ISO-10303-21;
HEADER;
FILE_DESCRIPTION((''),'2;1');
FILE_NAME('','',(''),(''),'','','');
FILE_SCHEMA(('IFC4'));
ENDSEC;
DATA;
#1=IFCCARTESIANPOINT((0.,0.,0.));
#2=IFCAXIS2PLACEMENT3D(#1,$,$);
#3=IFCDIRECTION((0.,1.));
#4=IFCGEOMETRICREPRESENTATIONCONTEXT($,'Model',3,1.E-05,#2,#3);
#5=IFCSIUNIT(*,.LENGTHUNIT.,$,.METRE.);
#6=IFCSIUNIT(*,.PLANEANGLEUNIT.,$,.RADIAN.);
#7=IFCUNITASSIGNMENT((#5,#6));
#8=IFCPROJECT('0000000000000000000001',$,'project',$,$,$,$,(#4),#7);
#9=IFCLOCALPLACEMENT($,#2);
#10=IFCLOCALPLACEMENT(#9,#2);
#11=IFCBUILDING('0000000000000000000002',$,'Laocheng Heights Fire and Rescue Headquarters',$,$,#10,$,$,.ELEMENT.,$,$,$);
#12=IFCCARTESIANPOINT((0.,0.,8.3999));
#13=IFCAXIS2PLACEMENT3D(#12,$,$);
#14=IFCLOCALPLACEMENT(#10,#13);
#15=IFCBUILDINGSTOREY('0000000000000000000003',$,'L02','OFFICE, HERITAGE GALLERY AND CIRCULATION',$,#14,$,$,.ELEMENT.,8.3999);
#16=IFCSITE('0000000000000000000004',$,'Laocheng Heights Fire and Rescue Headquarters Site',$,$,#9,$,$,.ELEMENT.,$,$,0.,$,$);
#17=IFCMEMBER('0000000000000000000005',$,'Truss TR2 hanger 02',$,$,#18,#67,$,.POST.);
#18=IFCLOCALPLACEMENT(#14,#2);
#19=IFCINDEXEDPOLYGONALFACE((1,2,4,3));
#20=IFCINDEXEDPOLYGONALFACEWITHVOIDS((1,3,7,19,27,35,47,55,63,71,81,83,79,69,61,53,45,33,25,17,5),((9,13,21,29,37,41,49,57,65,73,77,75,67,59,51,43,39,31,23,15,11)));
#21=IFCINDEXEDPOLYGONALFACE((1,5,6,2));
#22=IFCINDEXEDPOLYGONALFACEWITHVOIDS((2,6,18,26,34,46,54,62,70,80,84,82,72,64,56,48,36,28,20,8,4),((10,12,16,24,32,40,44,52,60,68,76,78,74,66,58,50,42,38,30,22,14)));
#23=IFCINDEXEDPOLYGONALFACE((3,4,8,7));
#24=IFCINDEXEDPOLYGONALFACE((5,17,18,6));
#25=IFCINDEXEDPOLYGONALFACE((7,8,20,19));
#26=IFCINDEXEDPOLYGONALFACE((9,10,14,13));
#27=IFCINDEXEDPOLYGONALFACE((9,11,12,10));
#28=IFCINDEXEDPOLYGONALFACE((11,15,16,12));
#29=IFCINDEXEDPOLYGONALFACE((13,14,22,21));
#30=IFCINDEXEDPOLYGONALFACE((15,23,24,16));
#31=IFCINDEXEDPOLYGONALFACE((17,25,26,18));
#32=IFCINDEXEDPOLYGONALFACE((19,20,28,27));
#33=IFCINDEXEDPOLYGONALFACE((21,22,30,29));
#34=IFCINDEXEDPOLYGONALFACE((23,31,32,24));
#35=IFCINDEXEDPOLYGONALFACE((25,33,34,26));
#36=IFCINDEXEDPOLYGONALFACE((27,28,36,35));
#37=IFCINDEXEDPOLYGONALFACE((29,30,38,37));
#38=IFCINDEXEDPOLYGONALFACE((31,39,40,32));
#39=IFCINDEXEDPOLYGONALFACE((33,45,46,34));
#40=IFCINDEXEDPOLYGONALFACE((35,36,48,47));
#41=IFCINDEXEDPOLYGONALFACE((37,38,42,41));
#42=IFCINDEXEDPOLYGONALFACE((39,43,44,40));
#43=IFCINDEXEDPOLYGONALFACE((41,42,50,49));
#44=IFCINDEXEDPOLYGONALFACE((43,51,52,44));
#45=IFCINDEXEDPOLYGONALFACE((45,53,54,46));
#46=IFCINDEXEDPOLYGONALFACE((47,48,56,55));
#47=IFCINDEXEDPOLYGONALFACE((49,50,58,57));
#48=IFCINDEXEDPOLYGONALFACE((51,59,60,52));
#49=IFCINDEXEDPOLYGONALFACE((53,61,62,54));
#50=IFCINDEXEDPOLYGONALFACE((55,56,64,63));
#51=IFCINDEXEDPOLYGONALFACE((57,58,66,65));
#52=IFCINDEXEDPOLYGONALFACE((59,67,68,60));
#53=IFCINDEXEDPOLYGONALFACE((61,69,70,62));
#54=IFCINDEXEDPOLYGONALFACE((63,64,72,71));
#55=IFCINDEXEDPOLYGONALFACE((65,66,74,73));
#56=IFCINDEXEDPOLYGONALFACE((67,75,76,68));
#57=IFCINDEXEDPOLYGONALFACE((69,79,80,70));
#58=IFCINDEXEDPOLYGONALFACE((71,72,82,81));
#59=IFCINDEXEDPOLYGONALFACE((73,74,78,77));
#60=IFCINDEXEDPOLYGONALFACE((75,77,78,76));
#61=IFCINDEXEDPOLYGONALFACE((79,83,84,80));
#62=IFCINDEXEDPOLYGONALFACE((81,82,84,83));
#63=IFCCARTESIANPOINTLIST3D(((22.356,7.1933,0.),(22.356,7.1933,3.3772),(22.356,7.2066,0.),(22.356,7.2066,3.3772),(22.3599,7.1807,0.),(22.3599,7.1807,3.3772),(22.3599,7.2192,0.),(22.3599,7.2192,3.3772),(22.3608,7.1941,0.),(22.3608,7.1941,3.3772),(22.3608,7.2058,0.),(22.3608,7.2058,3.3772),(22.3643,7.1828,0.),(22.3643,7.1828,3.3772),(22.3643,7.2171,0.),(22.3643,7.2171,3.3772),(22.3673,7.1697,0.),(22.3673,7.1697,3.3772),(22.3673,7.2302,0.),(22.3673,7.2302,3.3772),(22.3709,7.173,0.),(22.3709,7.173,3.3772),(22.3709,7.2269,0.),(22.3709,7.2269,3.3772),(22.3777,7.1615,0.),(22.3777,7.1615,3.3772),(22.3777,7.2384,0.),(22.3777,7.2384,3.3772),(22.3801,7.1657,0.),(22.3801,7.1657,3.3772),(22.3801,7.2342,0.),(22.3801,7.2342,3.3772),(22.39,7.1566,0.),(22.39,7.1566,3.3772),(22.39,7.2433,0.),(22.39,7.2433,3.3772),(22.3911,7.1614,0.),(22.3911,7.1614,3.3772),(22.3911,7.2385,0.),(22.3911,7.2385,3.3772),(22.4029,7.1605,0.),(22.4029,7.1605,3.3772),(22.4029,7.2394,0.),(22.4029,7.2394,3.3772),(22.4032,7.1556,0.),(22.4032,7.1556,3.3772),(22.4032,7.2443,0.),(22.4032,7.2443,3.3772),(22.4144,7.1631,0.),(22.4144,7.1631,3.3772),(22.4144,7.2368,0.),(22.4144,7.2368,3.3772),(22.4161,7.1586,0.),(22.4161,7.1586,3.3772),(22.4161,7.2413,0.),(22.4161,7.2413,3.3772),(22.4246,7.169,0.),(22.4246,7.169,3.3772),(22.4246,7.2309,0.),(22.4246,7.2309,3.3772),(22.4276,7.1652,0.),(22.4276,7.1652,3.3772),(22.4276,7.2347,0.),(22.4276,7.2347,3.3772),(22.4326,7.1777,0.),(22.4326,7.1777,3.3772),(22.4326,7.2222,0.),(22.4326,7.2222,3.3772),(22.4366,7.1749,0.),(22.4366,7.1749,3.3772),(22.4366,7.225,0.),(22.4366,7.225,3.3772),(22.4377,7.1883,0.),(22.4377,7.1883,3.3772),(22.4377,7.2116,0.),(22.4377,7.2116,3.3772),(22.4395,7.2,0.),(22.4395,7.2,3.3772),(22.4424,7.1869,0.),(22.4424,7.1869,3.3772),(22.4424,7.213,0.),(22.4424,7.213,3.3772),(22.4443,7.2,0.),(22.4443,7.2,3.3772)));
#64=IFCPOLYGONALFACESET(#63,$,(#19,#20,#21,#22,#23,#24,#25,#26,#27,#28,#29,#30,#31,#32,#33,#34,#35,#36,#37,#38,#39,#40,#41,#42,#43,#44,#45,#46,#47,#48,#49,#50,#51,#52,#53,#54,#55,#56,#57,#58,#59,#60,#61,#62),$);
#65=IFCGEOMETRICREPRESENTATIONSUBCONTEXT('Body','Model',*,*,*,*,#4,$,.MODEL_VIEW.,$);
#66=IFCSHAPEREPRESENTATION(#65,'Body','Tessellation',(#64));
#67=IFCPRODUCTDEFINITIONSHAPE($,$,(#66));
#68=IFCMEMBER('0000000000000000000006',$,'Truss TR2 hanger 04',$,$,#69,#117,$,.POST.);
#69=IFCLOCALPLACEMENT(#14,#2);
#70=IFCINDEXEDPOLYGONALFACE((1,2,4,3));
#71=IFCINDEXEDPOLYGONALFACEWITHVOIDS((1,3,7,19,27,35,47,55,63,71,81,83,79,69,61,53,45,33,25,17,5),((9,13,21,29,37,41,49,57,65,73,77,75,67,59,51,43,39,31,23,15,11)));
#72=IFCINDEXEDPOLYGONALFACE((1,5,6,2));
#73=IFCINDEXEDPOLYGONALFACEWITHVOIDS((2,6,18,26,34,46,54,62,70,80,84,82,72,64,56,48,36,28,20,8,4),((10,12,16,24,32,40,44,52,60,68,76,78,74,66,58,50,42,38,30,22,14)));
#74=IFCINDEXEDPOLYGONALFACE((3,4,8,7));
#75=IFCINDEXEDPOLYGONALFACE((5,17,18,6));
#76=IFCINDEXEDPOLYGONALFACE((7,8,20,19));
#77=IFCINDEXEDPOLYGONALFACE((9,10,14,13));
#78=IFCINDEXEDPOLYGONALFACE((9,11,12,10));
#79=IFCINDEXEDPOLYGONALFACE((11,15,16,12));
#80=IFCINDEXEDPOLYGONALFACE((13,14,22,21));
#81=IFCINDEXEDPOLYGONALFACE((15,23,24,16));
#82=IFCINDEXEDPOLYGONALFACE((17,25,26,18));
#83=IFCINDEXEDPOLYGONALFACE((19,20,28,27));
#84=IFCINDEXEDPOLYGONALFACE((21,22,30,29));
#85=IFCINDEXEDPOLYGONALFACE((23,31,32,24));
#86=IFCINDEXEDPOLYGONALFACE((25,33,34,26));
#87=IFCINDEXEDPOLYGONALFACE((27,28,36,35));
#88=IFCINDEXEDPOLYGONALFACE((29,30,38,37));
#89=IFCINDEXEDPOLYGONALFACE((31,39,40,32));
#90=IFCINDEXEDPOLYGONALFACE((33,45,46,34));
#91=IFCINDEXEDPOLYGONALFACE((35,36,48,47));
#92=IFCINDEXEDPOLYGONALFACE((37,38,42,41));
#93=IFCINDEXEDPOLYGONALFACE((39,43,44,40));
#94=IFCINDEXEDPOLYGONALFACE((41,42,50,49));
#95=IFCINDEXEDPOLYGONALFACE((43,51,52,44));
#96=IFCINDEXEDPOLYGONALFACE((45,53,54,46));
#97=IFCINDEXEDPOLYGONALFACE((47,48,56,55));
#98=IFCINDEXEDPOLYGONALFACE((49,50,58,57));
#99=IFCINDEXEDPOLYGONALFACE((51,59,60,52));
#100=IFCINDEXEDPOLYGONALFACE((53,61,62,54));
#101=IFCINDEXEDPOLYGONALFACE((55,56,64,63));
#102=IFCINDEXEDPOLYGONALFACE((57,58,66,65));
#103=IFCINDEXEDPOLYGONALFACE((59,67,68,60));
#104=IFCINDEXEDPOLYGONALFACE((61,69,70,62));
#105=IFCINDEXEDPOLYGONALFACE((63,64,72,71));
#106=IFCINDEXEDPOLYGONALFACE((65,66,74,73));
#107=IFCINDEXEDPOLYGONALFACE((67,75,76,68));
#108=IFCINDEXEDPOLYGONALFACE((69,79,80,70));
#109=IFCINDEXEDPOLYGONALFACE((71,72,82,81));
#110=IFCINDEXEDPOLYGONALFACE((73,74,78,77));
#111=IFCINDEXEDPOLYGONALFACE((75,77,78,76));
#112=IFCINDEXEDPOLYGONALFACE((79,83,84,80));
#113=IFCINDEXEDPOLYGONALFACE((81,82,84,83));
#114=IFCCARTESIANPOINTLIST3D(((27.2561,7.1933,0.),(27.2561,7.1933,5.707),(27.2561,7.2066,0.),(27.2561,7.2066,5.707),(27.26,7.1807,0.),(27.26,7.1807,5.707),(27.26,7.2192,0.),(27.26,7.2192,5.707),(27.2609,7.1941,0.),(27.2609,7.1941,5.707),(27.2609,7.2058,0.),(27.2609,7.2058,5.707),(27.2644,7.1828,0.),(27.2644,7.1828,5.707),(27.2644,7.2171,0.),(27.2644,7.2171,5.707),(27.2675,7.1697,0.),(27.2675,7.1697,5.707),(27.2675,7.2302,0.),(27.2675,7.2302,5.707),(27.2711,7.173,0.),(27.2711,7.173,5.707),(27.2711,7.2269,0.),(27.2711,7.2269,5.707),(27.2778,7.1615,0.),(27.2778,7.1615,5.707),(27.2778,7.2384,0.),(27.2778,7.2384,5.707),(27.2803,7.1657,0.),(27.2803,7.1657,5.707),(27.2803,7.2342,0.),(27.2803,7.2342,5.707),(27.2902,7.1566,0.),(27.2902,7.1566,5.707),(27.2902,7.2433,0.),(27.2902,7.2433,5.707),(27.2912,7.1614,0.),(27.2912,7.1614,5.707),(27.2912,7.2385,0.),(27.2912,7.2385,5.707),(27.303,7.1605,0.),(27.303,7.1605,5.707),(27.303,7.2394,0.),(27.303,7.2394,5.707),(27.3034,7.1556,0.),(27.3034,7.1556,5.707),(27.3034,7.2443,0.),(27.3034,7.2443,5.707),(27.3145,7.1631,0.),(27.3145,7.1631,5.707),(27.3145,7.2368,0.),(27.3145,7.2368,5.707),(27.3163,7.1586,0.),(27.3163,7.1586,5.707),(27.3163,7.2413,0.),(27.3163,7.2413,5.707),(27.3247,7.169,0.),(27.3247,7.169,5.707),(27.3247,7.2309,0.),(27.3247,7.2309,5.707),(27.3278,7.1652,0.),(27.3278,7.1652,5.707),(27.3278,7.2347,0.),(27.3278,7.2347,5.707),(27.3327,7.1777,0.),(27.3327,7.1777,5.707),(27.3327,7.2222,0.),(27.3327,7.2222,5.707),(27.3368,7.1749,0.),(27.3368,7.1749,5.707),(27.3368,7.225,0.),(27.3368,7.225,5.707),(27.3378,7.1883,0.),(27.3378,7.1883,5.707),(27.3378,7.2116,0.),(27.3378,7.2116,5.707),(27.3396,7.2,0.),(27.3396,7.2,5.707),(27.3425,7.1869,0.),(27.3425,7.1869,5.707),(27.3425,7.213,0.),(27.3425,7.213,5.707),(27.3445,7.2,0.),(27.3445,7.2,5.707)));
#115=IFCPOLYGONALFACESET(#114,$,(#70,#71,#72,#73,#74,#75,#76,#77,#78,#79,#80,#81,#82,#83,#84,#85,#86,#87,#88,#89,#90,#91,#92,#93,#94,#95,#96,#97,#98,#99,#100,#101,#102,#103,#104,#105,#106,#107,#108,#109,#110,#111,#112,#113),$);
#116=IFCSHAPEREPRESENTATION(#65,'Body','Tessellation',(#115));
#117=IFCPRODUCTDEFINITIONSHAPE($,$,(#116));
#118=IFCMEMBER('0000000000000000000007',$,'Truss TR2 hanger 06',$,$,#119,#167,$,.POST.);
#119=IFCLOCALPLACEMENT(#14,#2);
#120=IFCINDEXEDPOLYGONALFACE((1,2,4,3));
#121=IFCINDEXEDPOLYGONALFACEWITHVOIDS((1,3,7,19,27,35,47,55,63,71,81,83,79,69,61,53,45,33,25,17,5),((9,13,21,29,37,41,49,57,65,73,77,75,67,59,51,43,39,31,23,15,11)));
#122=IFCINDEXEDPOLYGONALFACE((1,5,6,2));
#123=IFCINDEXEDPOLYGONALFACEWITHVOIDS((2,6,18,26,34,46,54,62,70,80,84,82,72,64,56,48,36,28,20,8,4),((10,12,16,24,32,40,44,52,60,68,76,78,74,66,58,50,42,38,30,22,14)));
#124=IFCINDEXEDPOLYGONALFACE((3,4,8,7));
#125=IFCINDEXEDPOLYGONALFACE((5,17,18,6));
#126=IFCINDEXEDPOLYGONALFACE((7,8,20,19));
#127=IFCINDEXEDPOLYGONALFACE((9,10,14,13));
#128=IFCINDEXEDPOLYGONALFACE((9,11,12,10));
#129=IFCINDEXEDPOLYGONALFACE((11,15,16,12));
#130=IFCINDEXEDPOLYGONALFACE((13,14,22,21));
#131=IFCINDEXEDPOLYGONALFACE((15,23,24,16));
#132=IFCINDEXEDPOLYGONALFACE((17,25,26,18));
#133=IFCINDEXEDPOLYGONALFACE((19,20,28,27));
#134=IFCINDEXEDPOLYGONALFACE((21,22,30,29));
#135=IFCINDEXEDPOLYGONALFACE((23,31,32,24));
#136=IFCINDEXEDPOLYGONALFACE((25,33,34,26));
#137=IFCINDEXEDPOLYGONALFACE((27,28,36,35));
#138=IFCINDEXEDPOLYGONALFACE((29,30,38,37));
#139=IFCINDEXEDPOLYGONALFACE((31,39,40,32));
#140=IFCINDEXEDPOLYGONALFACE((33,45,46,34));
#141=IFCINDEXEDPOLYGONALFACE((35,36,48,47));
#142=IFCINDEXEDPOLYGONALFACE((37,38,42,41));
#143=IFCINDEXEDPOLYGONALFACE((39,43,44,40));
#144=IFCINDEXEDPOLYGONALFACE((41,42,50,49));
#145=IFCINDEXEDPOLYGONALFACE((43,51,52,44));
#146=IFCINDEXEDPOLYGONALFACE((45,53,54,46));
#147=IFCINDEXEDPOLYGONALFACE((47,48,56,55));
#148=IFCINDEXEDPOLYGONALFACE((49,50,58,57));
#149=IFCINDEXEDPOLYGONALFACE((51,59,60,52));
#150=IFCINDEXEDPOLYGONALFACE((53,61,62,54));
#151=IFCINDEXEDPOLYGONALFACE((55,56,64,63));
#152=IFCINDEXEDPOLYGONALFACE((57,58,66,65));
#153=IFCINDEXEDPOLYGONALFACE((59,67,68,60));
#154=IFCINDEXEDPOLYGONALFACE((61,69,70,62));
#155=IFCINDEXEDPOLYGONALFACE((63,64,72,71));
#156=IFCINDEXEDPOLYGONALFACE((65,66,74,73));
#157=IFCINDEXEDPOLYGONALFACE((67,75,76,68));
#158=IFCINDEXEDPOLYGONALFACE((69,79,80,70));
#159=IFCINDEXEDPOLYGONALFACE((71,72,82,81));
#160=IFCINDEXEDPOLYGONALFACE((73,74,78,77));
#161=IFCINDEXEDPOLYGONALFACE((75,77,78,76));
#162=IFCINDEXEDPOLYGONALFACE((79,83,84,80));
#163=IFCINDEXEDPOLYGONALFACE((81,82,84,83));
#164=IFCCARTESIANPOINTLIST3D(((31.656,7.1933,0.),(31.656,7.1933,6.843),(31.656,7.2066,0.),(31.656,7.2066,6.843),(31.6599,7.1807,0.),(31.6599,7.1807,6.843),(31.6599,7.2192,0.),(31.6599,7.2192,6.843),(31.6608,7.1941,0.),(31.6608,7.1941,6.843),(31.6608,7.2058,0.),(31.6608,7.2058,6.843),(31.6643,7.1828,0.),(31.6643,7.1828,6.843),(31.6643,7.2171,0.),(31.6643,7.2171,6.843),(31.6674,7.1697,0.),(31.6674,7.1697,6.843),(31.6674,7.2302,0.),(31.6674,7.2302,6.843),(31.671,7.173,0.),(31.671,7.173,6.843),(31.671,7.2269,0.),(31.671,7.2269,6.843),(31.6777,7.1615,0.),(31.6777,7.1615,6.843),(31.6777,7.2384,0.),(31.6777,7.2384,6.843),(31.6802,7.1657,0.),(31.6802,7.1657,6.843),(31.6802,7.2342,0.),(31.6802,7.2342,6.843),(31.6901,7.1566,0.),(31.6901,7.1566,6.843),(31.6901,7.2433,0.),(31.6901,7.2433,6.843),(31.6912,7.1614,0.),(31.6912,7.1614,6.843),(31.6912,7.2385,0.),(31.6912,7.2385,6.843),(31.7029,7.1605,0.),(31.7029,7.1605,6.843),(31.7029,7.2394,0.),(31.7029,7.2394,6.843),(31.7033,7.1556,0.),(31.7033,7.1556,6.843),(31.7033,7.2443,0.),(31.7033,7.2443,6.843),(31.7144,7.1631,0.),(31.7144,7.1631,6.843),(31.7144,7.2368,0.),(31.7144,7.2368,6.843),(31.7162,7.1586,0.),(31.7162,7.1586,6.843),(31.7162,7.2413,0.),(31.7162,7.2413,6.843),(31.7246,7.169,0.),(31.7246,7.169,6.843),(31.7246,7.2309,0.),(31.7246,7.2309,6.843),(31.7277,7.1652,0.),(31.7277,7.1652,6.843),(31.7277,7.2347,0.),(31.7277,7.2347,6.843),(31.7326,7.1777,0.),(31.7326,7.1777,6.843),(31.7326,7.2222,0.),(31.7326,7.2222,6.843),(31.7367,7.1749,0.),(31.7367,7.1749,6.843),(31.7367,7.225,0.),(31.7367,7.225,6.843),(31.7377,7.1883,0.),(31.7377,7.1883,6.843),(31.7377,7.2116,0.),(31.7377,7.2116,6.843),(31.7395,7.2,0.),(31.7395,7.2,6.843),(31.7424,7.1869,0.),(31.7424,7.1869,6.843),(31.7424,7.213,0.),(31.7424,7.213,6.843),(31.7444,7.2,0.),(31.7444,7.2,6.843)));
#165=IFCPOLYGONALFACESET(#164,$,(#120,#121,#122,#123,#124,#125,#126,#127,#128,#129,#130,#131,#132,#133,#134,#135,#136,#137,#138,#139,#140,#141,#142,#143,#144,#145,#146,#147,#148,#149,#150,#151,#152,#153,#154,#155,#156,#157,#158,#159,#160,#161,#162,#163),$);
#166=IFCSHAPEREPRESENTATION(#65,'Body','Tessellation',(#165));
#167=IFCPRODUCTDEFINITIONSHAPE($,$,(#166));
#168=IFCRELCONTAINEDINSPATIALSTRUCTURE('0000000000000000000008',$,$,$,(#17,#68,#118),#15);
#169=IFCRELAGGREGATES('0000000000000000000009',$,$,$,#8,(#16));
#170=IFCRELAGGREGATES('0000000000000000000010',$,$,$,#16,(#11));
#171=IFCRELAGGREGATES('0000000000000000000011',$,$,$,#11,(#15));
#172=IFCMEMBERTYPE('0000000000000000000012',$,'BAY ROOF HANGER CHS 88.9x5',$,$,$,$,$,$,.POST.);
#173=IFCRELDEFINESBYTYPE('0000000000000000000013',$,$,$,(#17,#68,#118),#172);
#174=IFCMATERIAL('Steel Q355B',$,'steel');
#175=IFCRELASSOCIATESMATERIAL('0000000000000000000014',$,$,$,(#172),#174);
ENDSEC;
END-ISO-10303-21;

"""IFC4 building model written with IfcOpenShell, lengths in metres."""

from ifc_helpers import new_model, si_unit, direction, frame, origin, origin_2d, place, context, subcontext, project, spatial, hollow_circle, extrude, material, material_profile, profile_set, type_object, element, save


model = new_model("IFC4")

# Units and contexts
model_context = context("Model", 3, precision=1e-05, world=origin(), true_north=direction((0.0, 1.0)))
body_context = subcontext(model_context, "Body", "Model", "MODEL_VIEW")
ifc_project = project(units=[si_unit("LENGTHUNIT", "METRE"), si_unit("PLANEANGLEUNIT", "RADIAN")], contexts=[model_context])

# Site, building, storey
site_placement = place(None, origin())
site = spatial("IfcSite", under=ifc_project, at=site_placement, Name="Laocheng Heights Fire and Rescue Headquarters Site", CompositionType="ELEMENT", RefElevation=0.0)
building_placement = place(site_placement, origin())
building = spatial("IfcBuilding", under=site, at=building_placement, Name="Laocheng Heights Fire and Rescue Headquarters", CompositionType="ELEMENT")
storey_placement = place(building_placement, frame((0.0, 0.0, 8.3999)))
storey = spatial("IfcBuildingStorey", under=building, at=storey_placement, Name="L02", Description="OFFICE, HERITAGE GALLERY AND CIRCULATION", CompositionType="ELEMENT", Elevation=8.3999)

# Members
ifc_material_1 = material(Name="Steel Q355B", Category="steel")
ifc_material_profile_1 = material_profile(ifc_material_1, hollow_circle(Radius=0.0444, WallThickness=0.0049, at=origin_2d()), Name="CHS 88.9x5")
ifc_profile_set_1 = profile_set([ifc_material_profile_1], Name="Steel Q355B")
member_type_1 = type_object("IfcMemberType", Name="BAY ROOF HANGER CHS 88.9x5", PredefinedType="POST", material=ifc_profile_set_1)
member_1_placement = place(storey_placement, frame((22.3999, 7.2, 0.0), z_axis=(0.0, 0.0, 1.0), x_axis=(1.0, 0.0, 0.0)))
element("IfcMember", 1, at=member_1_placement, inside=storey, type_object=member_type_1, Name="Truss TR2 hanger 02", PredefinedType="POST", context=body_context, shape_type="SweptSolid", body=[
    extrude(hollow_circle(Radius=0.0444, WallThickness=0.0049, at=origin_2d()), origin(), (0.0, 0.0, 1.0), 3.3772),
])
member_2_placement = place(storey_placement, frame((27.3, 7.2, 0.0), z_axis=(0.0, 0.0, 1.0), x_axis=(1.0, 0.0, 0.0)))
element("IfcMember", 2, at=member_2_placement, inside=storey, type_object=member_type_1, Name="Truss TR2 hanger 04", PredefinedType="POST", context=body_context, shape_type="SweptSolid", body=[
    extrude(hollow_circle(Radius=0.0444, WallThickness=0.0049, at=origin_2d()), origin(), (0.0, 0.0, 1.0), 5.707),
])
member_3_placement = place(storey_placement, frame((31.7, 7.2, 0.0), z_axis=(0.0, 0.0, 1.0), x_axis=(1.0, 0.0, 0.0)))
element("IfcMember", 3, at=member_3_placement, inside=storey, type_object=member_type_1, Name="Truss TR2 hanger 06", PredefinedType="POST", context=body_context, shape_type="SweptSolid", body=[
    extrude(hollow_circle(Radius=0.0444, WallThickness=0.0049, at=origin_2d()), origin(), (0.0, 0.0, 1.0), 6.843),
])

save(model, "model.ifc")
